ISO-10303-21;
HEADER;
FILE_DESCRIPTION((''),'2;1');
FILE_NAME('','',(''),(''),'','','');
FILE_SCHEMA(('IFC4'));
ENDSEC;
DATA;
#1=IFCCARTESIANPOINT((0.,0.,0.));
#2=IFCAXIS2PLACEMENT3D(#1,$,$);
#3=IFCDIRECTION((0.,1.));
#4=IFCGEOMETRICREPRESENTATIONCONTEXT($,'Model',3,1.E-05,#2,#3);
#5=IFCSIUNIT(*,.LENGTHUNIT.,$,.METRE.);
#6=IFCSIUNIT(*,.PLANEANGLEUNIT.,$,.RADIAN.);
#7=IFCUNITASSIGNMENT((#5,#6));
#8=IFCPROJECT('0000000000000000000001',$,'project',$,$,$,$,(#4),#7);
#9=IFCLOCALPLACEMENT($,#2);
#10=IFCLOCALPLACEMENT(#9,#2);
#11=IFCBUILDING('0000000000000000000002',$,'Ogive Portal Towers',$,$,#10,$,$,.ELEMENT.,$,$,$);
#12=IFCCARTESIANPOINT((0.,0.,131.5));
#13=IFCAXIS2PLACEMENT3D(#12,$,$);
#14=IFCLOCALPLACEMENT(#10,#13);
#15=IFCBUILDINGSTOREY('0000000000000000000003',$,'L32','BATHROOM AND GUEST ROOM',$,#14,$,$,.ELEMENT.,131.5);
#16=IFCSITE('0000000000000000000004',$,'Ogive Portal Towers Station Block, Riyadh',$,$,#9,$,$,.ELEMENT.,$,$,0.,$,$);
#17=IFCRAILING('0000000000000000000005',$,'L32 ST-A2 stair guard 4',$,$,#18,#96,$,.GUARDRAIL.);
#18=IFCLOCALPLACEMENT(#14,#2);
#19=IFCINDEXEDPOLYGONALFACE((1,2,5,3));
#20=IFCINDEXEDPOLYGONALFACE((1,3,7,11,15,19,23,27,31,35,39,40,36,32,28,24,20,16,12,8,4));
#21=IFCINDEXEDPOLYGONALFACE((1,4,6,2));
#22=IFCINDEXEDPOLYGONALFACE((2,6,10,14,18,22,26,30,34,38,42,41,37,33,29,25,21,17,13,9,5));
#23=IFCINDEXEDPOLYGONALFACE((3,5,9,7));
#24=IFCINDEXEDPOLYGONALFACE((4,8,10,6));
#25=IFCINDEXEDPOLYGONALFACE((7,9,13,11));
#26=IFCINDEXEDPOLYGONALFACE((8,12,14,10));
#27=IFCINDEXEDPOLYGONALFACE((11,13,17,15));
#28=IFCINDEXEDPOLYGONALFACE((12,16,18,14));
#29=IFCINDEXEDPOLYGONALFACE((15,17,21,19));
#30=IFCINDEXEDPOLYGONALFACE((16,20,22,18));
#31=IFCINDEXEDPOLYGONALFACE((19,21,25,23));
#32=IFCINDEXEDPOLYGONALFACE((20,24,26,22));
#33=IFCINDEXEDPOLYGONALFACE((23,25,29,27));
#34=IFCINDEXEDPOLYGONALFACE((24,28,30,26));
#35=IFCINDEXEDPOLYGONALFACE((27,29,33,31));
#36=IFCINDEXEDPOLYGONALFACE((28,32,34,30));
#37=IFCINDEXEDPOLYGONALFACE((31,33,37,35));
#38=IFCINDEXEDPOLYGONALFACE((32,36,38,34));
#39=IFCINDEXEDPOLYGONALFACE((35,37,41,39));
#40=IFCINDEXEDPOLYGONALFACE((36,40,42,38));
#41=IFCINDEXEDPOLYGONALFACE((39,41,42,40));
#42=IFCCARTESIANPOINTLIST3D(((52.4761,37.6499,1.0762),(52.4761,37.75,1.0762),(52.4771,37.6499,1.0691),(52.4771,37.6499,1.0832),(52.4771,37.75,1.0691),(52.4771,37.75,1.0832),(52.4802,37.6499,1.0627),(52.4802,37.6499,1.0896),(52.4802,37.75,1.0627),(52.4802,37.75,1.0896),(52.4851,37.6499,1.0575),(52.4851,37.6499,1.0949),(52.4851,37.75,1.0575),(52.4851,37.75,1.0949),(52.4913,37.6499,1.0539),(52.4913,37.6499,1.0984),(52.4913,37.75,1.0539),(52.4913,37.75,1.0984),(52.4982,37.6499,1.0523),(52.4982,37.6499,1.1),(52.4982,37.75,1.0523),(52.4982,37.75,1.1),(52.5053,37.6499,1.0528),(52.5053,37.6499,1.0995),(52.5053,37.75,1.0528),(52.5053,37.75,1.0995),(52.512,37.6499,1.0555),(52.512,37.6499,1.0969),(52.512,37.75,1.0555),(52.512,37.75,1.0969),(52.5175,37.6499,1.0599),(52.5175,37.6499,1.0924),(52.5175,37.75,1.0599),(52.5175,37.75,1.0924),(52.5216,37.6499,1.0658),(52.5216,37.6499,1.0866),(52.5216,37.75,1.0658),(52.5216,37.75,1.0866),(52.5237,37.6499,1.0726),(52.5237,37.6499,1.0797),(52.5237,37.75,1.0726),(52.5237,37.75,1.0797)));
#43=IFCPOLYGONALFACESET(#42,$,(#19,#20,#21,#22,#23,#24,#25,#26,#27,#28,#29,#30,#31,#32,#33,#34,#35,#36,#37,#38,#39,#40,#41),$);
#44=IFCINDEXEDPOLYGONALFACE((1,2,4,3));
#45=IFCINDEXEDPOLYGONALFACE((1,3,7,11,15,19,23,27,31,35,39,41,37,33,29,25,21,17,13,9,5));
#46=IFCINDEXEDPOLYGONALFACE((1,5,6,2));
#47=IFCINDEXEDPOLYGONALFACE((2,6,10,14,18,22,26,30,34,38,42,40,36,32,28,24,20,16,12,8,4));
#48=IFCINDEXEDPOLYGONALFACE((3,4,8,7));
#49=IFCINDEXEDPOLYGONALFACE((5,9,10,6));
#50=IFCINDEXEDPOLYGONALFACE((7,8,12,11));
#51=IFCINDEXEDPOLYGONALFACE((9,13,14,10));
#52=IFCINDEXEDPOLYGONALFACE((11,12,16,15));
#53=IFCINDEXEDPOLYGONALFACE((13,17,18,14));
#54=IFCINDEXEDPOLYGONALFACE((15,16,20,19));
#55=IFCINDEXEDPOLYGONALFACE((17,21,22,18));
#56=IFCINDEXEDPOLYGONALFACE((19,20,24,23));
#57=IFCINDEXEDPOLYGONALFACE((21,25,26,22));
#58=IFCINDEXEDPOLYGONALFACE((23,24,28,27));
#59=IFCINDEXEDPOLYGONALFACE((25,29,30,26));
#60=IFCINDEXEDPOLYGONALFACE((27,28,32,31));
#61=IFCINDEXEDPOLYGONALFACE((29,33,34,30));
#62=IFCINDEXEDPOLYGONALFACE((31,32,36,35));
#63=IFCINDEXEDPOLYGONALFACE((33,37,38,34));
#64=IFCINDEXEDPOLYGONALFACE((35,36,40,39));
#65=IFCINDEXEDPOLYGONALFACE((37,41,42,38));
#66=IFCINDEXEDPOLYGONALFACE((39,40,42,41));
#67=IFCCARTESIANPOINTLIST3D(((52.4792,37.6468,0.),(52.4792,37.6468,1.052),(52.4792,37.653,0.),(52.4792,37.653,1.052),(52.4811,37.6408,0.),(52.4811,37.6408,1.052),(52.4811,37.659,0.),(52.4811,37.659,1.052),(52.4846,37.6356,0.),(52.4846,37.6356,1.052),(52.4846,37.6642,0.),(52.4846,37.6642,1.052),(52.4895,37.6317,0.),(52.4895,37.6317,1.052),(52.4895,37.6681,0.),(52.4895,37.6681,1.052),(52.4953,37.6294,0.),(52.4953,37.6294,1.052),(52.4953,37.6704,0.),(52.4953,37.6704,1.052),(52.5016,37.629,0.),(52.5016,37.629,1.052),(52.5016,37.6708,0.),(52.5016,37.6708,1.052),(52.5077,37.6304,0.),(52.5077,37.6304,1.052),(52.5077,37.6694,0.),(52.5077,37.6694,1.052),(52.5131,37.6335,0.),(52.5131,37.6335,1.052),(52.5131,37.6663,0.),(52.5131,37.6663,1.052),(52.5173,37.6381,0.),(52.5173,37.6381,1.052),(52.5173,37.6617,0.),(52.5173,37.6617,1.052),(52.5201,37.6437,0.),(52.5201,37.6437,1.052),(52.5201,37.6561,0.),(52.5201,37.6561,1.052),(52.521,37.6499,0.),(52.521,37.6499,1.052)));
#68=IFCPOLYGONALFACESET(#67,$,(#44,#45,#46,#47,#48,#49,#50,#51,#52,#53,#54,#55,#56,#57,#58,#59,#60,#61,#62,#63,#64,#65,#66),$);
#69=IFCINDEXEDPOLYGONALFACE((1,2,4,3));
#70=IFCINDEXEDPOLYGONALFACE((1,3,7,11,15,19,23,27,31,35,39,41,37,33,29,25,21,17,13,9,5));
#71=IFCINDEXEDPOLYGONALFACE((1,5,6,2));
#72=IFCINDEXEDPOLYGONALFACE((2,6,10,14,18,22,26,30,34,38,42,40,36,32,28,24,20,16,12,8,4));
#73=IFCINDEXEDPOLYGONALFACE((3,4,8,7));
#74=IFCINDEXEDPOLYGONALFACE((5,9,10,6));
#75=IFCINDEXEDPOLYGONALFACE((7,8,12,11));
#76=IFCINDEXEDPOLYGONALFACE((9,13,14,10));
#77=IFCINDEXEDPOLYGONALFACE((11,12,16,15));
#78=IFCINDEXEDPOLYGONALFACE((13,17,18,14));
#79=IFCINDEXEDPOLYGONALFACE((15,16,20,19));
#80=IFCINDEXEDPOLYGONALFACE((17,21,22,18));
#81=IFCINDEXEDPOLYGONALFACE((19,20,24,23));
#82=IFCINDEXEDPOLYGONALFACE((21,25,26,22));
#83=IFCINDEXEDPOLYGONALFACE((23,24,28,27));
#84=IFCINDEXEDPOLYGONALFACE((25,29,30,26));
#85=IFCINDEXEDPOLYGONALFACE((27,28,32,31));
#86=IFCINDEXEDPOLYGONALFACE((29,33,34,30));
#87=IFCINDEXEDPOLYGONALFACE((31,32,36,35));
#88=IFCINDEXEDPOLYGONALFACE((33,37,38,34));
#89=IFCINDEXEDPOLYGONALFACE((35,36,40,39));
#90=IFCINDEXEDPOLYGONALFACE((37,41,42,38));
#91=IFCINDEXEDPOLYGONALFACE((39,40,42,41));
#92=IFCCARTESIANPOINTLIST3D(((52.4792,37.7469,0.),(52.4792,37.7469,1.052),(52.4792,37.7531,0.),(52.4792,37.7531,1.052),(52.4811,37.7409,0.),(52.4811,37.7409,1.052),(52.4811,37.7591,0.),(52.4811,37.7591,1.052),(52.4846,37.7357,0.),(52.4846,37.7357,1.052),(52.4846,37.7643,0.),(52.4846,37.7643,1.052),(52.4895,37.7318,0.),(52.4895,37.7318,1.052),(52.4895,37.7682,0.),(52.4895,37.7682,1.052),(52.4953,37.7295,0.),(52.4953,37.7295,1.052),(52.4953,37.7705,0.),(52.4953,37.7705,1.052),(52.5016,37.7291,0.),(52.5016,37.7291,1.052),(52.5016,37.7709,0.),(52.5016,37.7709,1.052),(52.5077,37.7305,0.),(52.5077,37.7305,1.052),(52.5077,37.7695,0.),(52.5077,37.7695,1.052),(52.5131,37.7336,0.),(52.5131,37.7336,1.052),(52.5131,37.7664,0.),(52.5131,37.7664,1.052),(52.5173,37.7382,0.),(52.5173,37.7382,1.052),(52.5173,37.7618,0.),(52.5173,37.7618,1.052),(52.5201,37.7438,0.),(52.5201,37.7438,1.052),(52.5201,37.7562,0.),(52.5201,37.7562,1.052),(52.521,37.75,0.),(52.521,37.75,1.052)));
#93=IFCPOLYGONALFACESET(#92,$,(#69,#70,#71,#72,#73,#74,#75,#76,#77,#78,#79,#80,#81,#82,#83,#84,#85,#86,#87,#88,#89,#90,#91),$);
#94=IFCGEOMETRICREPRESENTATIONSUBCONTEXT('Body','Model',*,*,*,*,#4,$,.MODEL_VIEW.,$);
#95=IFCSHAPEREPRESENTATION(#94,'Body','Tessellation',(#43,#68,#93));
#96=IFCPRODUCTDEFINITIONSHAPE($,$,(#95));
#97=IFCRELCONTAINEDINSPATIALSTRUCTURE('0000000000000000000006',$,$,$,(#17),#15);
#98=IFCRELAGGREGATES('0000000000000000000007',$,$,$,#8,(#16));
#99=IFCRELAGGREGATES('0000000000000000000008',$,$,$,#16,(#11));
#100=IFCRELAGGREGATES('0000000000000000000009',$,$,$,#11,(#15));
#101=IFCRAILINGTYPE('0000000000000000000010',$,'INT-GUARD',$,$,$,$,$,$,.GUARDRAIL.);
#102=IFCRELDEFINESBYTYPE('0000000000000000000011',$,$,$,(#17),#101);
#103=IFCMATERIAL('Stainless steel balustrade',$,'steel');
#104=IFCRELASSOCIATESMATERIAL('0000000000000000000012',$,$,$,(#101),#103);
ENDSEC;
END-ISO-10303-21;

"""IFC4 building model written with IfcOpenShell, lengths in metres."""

from ifc_helpers import new_model, si_unit, direction, frame, origin, origin_2d, place, context, subcontext, project, spatial, circle, extrude, material, type_object, element, save


model = new_model("IFC4")

# Units and contexts
model_context = context("Model", 3, precision=1e-05, world=origin(), true_north=direction((0.0, 1.0)))
body_context = subcontext(model_context, "Body", "Model", "MODEL_VIEW")
ifc_project = project(units=[si_unit("LENGTHUNIT", "METRE"), si_unit("PLANEANGLEUNIT", "RADIAN")], contexts=[model_context])

# Site, building, storey
site_placement = place(None, origin())
site = spatial("IfcSite", under=ifc_project, at=site_placement, Name="Ogive Portal Towers Station Block, Riyadh", CompositionType="ELEMENT", RefElevation=0.0)
building_placement = place(site_placement, origin())
building = spatial("IfcBuilding", under=site, at=building_placement, Name="Ogive Portal Towers", CompositionType="ELEMENT")
storey_placement = place(building_placement, frame((0.0, 0.0, 131.5)))
storey = spatial("IfcBuildingStorey", under=building, at=storey_placement, Name="L32", Description="BATHROOM AND GUEST ROOM", CompositionType="ELEMENT", Elevation=131.5)

# Railing
ifc_material_1 = material(Name="Stainless steel balustrade", Category="steel")
railing_type_1 = type_object("IfcRailingType", Name="INT-GUARD", PredefinedType="GUARDRAIL", material=ifc_material_1)
railing_1_placement = place(storey_placement, frame((52.5, 37.6499, 0.0)))
element("IfcRailing", 1, at=railing_1_placement, inside=storey, type_object=railing_type_1, Name="L32 ST-A2 stair guard 4", PredefinedType="GUARDRAIL", context=body_context, shape_type="SweptSolid", body=[
    extrude(circle(Radius=0.0239, at=origin_2d()), frame((0.0, 0.0, 1.0762), z_axis=(0.0, 1.0, 0.0), x_axis=(-1.0, 0.0, 0.0)), (0.0, 0.0, 1.0), 0.1001),
    extrude(circle(Radius=0.021, at=origin_2d()), origin(), (0.0, 0.0, 1.0), 1.052),
    extrude(circle(Radius=0.021, at=origin_2d()), frame((0.0, 0.1001, 0.0)), (0.0, 0.0, 1.0), 1.052),
])

save(model, "model.ifc")
